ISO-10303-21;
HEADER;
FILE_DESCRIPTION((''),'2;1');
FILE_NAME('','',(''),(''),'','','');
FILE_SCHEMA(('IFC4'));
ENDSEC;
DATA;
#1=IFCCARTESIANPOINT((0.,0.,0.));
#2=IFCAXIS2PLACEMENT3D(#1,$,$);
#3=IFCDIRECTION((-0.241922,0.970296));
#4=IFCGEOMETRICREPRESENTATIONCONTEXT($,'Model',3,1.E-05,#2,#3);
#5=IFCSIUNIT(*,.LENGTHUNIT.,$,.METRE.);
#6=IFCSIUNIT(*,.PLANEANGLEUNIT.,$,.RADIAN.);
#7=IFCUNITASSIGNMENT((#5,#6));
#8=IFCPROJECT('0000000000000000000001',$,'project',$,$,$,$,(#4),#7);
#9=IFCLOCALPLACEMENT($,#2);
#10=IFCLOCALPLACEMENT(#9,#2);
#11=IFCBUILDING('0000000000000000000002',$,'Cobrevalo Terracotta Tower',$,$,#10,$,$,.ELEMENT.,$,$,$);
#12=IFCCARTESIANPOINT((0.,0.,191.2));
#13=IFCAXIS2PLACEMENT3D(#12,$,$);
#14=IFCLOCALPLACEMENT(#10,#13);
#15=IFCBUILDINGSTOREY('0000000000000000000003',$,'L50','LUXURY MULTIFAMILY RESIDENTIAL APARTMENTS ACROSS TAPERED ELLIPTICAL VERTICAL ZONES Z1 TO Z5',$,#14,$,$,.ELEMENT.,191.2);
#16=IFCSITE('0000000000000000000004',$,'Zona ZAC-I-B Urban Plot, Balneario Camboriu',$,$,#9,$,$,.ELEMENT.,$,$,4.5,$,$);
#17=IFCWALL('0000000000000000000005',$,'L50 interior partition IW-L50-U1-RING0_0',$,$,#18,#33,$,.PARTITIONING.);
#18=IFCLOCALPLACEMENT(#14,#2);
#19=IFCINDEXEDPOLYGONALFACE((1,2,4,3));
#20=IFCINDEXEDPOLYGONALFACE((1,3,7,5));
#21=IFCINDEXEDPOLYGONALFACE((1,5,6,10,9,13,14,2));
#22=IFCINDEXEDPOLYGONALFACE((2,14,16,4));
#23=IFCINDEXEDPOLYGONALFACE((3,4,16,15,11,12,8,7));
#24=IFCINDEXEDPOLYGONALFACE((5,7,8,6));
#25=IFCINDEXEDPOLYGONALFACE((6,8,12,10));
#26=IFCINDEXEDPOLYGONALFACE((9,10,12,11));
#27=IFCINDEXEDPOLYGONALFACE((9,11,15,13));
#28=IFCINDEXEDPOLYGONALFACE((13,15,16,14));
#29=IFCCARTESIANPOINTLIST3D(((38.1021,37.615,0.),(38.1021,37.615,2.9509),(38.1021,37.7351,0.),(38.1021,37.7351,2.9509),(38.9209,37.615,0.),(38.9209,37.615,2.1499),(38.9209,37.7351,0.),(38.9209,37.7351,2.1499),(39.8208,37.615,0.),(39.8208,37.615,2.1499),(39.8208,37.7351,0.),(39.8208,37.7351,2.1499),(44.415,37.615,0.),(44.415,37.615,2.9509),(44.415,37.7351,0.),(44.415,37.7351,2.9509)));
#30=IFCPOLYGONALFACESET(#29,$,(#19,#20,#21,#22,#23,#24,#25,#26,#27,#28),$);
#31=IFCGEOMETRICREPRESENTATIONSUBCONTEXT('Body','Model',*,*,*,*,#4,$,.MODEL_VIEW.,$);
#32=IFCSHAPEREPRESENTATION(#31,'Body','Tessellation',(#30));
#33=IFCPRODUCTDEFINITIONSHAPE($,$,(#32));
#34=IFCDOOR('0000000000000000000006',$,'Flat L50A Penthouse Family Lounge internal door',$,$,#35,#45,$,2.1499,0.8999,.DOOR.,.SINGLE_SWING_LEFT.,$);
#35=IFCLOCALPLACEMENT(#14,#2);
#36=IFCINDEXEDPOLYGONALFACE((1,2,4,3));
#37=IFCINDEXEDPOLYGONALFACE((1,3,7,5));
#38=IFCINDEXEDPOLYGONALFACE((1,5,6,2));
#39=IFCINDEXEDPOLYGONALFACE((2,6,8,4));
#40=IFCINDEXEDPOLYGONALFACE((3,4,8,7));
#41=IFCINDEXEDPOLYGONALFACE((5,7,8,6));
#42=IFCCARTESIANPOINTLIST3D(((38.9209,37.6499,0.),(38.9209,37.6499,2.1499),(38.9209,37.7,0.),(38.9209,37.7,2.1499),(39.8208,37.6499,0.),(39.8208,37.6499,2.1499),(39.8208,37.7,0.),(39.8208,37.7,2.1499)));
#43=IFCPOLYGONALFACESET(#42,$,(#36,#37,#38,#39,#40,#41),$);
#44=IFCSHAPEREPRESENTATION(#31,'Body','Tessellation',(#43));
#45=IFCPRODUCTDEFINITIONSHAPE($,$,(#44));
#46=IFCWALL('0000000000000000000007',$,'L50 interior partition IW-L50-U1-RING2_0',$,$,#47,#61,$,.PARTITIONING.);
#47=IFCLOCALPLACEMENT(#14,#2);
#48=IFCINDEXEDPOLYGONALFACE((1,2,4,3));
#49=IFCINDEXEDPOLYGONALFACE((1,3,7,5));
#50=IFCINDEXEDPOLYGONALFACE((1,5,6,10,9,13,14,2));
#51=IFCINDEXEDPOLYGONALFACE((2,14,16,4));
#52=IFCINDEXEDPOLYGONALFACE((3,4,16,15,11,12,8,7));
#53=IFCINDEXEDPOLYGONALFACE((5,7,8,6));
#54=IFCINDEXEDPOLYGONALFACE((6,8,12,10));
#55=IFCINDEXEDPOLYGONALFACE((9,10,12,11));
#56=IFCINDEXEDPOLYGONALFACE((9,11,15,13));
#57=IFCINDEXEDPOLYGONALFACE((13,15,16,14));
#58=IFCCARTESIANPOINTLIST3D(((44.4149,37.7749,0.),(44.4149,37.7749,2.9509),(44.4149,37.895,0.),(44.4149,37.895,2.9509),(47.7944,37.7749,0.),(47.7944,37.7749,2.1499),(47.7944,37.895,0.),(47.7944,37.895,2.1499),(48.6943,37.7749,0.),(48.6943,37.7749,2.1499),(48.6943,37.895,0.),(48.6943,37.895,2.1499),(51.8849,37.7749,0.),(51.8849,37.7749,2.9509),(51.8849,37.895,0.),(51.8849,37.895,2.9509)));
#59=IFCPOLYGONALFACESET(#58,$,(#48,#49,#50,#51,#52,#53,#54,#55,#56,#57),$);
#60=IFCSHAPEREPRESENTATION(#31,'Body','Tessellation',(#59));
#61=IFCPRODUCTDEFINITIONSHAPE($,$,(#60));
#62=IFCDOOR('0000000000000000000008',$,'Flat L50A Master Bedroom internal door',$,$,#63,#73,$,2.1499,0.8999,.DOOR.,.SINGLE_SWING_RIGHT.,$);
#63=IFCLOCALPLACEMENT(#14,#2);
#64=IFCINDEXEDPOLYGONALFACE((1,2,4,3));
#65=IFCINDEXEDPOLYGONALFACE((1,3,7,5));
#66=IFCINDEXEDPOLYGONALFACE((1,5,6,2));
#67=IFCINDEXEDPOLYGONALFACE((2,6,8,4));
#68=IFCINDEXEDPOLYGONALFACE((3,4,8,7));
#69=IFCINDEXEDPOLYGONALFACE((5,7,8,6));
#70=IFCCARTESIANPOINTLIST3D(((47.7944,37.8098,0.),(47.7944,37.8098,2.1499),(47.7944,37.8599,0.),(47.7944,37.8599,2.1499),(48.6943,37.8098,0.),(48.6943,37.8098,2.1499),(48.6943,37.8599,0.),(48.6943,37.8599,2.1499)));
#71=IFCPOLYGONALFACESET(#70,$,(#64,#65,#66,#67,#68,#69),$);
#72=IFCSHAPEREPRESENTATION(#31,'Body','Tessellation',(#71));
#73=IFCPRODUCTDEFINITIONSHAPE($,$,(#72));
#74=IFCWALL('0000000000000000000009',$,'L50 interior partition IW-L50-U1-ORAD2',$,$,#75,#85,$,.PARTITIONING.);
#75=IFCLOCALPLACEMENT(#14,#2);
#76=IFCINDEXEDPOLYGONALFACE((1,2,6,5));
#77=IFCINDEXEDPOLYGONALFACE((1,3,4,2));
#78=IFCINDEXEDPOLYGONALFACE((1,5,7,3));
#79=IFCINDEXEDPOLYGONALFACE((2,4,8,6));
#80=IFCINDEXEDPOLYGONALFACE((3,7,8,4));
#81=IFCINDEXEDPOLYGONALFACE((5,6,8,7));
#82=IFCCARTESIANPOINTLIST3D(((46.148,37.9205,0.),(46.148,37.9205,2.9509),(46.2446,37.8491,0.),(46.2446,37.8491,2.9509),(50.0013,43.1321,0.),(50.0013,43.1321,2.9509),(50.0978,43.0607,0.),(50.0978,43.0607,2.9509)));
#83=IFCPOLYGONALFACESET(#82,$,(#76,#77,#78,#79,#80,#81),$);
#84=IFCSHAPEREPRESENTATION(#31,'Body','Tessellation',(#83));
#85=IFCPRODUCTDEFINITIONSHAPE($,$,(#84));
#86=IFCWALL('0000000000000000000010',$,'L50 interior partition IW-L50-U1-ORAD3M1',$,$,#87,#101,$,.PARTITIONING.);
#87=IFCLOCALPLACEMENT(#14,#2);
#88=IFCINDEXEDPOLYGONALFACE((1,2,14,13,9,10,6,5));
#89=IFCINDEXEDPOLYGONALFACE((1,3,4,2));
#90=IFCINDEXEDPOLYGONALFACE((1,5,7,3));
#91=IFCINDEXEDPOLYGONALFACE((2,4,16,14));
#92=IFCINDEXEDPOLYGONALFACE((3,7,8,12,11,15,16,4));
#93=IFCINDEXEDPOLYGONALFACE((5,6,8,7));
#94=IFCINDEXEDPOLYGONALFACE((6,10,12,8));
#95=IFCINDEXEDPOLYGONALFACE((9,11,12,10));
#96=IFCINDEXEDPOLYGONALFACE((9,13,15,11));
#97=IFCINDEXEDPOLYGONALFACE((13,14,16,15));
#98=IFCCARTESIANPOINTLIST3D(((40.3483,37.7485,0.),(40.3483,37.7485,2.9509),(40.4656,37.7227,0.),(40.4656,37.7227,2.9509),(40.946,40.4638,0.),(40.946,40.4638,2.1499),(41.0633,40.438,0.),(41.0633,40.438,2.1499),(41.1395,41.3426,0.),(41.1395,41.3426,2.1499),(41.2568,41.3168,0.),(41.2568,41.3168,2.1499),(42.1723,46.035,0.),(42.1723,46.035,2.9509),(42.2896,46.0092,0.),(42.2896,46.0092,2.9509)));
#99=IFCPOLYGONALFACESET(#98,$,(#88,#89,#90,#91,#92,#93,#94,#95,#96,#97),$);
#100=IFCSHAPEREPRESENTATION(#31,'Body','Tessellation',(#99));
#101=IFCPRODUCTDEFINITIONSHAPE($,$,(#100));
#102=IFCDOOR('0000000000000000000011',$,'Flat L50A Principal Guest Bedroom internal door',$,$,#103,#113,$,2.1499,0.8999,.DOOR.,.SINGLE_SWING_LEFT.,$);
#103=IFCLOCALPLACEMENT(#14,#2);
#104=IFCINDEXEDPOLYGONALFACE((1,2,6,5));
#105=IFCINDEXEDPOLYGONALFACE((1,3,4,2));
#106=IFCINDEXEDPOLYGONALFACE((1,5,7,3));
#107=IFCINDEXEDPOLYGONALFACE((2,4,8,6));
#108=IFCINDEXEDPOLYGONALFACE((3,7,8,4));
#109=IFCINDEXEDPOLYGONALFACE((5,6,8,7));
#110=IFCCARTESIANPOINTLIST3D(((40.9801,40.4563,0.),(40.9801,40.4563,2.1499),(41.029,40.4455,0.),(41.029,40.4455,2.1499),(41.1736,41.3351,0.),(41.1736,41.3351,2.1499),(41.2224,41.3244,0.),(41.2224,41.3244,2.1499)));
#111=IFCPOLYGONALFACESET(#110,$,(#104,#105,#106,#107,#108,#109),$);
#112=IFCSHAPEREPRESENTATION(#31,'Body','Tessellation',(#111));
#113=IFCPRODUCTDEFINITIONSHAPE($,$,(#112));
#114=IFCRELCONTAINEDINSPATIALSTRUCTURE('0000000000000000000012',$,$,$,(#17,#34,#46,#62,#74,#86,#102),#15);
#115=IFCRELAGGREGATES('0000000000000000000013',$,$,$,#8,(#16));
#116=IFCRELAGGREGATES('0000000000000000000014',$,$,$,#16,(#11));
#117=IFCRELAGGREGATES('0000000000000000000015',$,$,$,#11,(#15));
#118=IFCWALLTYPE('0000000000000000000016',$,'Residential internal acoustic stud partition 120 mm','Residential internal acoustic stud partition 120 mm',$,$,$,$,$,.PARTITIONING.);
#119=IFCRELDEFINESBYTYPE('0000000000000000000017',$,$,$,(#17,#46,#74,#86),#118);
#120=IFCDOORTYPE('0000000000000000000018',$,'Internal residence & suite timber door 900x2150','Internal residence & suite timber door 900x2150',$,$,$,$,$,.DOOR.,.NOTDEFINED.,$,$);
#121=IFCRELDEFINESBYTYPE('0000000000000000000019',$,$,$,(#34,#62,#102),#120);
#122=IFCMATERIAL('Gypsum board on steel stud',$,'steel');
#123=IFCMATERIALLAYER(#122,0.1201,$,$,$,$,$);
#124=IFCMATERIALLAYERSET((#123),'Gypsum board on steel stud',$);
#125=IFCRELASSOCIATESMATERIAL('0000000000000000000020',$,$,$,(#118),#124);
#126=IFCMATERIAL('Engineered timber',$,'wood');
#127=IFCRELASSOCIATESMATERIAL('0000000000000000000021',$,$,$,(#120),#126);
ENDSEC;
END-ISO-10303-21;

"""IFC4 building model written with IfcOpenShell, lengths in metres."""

from ifc_helpers import new_model, si_unit, direction, frame, frame_2d, origin, place, context, subcontext, project, spatial, rectangle, extrude, source, transform, mapped, material, layer, layer_set, type_object, element, fill, save


model = new_model("IFC4")

# Units and contexts
model_context = context("Model", 3, precision=1e-05, world=origin(), true_north=direction((-0.241922, 0.970296)))
body_context = subcontext(model_context, "Body", "Model", "MODEL_VIEW")
ifc_project = project(units=[si_unit("LENGTHUNIT", "METRE"), si_unit("PLANEANGLEUNIT", "RADIAN")], contexts=[model_context])

# Site, building, storey
site_placement = place(None, origin())
site = spatial("IfcSite", under=ifc_project, at=site_placement, Name="Zona ZAC-I-B Urban Plot, Balneario Camboriu", CompositionType="ELEMENT", RefElevation=4.5)
building_placement = place(site_placement, origin())
building = spatial("IfcBuilding", under=site, at=building_placement, Name="Cobrevalo Terracotta Tower", CompositionType="ELEMENT")
storey_placement = place(building_placement, frame((0.0, 0.0, 191.2)))
storey = spatial("IfcBuildingStorey", under=building, at=storey_placement, Name="L50", Description="LUXURY MULTIFAMILY RESIDENTIAL APARTMENTS ACROSS TAPERED ELLIPTICAL VERTICAL ZONES Z1 TO Z5", CompositionType="ELEMENT", Elevation=191.2)

# Shared definitions
ifc_material_1 = material(Name="Gypsum board on steel stud", Category="steel")

# Walls, openings, doors
ifc_layer_1 = layer(ifc_material_1, 0.1201)
ifc_layer_set_1 = layer_set([ifc_layer_1], Name="Gypsum board on steel stud")
wall_type_1 = type_object("IfcWallType", Name="Residential internal acoustic stud partition 120 mm", Description="Residential internal acoustic stud partition 120 mm", PredefinedType="PARTITIONING", material=ifc_layer_set_1)
wall_1_placement = place(storey_placement, frame((38.1021, 37.675, 0.0), z_axis=(0.0, 0.0, 1.0), x_axis=(1.0, 0.0, 0.0)))
wall_1 = element("IfcWall", 1, at=wall_1_placement, inside=storey, type_object=wall_type_1, Name="L50 interior partition IW-L50-U1-RING0_0", PredefinedType="PARTITIONING", context=body_context, shape_type="SweptSolid", body=[
    extrude(rectangle(XDim=6.313, YDim=0.1201, at=frame_2d((3.1565, 0.0))), origin(), (0.0, 0.0, 1.0), 2.9509),
])
opening_1_placement = place(wall_1_placement, frame((0.8188, 0.0, 0.0)))
opening_1 = element("IfcOpeningElement", 2, at=opening_1_placement, cuts=wall_1, PredefinedType="OPENING", context=body_context, shape_type="SweptSolid", body=[
    extrude(rectangle(XDim=0.8999, YDim=2.1499, at=frame_2d((0.45, 1.075))), frame((0.0, 0.0701, 0.0), z_axis=(0.0, -1.0, 0.0), x_axis=(1.0, 0.0, 0.0)), (0.0, 0.0, 1.0), 0.1401),
])
ifc_material_2 = material(Name="Engineered timber", Category="wood")
door_type_1 = type_object("IfcDoorType", Name="Internal residence & suite timber door 900x2150", Description="Internal residence & suite timber door 900x2150", OperationType="NOTDEFINED", PredefinedType="DOOR", material=ifc_material_2)
shared_shape_1 = source(origin(), body_context, "Body", "SweptSolid", [
    extrude(rectangle(XDim=0.8999, YDim=2.1499, at=frame_2d((0.45, 1.075))), frame((0.0, 0.0249, 0.0), z_axis=(0.0, -1.0, 0.0), x_axis=(1.0, 0.0, 0.0)), (0.0, 0.0, 1.0), 0.05),
])
door_1_placement = place(opening_1_placement, origin())
door_1 = element("IfcDoor", 3, at=door_1_placement, inside=storey, type_object=door_type_1, Name="Flat L50A Penthouse Family Lounge internal door", OperationType="SINGLE_SWING_LEFT", OverallHeight=2.1499, OverallWidth=0.8999, PredefinedType="DOOR", context=body_context, shape_type="MappedRepresentation", body=[
    mapped(shared_shape_1, transform((0.0, 0.0, 0.0), scale=1.0)),
])
fill(opening_1, door_1)
wall_2_placement = place(storey_placement, frame((44.415, 37.835, 0.0), z_axis=(0.0, 0.0, 1.0), x_axis=(1.0, 0.0, 0.0)))
wall_2 = element("IfcWall", 4, at=wall_2_placement, inside=storey, type_object=wall_type_1, Name="L50 interior partition IW-L50-U1-RING2_0", PredefinedType="PARTITIONING", context=body_context, shape_type="SweptSolid", body=[
    extrude(rectangle(XDim=7.47, YDim=0.1201, at=frame_2d((3.7349, 0.0))), origin(), (0.0, 0.0, 1.0), 2.9509),
])
opening_2_placement = place(wall_2_placement, frame((3.3794, 0.0, 0.0)))
opening_2 = element("IfcOpeningElement", 5, at=opening_2_placement, cuts=wall_2, PredefinedType="OPENING", context=body_context, shape_type="SweptSolid", body=[
    extrude(rectangle(XDim=0.8999, YDim=2.1499, at=frame_2d((0.45, 1.075))), frame((0.0, 0.0701, 0.0), z_axis=(0.0, -1.0, 0.0), x_axis=(1.0, 0.0, 0.0)), (0.0, 0.0, 1.0), 0.1401),
])
door_2_placement = place(opening_2_placement, origin())
door_2 = element("IfcDoor", 6, at=door_2_placement, inside=storey, type_object=door_type_1, Name="Flat L50A Master Bedroom internal door", OperationType="SINGLE_SWING_RIGHT", OverallHeight=2.1499, OverallWidth=0.8999, PredefinedType="DOOR", context=body_context, shape_type="MappedRepresentation", body=[
    mapped(shared_shape_1, transform((0.0, 0.0, 0.0), scale=1.0)),
])
fill(opening_2, door_2)

# Wall
wall_3_placement = place(storey_placement, frame((46.1963, 37.8848, 0.0), z_axis=(0.0, 0.0, 1.0), x_axis=(0.594508, 0.80409, 0.0)))
element("IfcWall", 7, at=wall_3_placement, inside=storey, type_object=wall_type_1, Name="L50 interior partition IW-L50-U1-ORAD2", PredefinedType="PARTITIONING", context=body_context, shape_type="SweptSolid", body=[
    extrude(rectangle(XDim=6.4814, YDim=0.1201, at=frame_2d((3.2407, 0.0))), origin(), (0.0, 0.0, 1.0), 2.9509),
])

# Wall, opening, door
wall_4_placement = place(storey_placement, frame((40.407, 37.7356, 0.0), z_axis=(0.0, 0.0, 1.0), x_axis=(0.214971, 0.97662, 0.0)))
wall_4 = element("IfcWall", 8, at=wall_4_placement, inside=storey, type_object=wall_type_1, Name="L50 interior partition IW-L50-U1-ORAD3M1", PredefinedType="PARTITIONING", context=body_context, shape_type="SweptSolid", body=[
    extrude(rectangle(XDim=8.4849, YDim=0.1201, at=frame_2d((4.2424, 0.0))), origin(), (0.0, 0.0, 1.0), 2.9509),
])
opening_3_placement = place(wall_4_placement, frame((2.7803, 0.0, 0.0)))
opening_3 = element("IfcOpeningElement", 9, at=opening_3_placement, cuts=wall_4, PredefinedType="OPENING", context=body_context, shape_type="SweptSolid", body=[
    extrude(rectangle(XDim=0.8999, YDim=2.1499, at=frame_2d((0.45, 1.075))), frame((0.0, 0.0701, 0.0), z_axis=(0.0, -1.0, 0.0), x_axis=(1.0, 0.0, 0.0)), (0.0, 0.0, 1.0), 0.1401),
])
door_3_placement = place(opening_3_placement, frame((0.8999, 0.0, 0.0), z_axis=(0.0, 0.0, 1.0), x_axis=(-1.0, 0.0, 0.0)))
door_3 = element("IfcDoor", 10, at=door_3_placement, inside=storey, type_object=door_type_1, Name="Flat L50A Principal Guest Bedroom internal door", OperationType="SINGLE_SWING_LEFT", OverallHeight=2.1499, OverallWidth=0.8999, PredefinedType="DOOR", context=body_context, shape_type="MappedRepresentation", body=[
    mapped(shared_shape_1, transform((0.0, 0.0, 0.0), scale=1.0)),
])
fill(opening_3, door_3)

save(model, "model.ifc")
